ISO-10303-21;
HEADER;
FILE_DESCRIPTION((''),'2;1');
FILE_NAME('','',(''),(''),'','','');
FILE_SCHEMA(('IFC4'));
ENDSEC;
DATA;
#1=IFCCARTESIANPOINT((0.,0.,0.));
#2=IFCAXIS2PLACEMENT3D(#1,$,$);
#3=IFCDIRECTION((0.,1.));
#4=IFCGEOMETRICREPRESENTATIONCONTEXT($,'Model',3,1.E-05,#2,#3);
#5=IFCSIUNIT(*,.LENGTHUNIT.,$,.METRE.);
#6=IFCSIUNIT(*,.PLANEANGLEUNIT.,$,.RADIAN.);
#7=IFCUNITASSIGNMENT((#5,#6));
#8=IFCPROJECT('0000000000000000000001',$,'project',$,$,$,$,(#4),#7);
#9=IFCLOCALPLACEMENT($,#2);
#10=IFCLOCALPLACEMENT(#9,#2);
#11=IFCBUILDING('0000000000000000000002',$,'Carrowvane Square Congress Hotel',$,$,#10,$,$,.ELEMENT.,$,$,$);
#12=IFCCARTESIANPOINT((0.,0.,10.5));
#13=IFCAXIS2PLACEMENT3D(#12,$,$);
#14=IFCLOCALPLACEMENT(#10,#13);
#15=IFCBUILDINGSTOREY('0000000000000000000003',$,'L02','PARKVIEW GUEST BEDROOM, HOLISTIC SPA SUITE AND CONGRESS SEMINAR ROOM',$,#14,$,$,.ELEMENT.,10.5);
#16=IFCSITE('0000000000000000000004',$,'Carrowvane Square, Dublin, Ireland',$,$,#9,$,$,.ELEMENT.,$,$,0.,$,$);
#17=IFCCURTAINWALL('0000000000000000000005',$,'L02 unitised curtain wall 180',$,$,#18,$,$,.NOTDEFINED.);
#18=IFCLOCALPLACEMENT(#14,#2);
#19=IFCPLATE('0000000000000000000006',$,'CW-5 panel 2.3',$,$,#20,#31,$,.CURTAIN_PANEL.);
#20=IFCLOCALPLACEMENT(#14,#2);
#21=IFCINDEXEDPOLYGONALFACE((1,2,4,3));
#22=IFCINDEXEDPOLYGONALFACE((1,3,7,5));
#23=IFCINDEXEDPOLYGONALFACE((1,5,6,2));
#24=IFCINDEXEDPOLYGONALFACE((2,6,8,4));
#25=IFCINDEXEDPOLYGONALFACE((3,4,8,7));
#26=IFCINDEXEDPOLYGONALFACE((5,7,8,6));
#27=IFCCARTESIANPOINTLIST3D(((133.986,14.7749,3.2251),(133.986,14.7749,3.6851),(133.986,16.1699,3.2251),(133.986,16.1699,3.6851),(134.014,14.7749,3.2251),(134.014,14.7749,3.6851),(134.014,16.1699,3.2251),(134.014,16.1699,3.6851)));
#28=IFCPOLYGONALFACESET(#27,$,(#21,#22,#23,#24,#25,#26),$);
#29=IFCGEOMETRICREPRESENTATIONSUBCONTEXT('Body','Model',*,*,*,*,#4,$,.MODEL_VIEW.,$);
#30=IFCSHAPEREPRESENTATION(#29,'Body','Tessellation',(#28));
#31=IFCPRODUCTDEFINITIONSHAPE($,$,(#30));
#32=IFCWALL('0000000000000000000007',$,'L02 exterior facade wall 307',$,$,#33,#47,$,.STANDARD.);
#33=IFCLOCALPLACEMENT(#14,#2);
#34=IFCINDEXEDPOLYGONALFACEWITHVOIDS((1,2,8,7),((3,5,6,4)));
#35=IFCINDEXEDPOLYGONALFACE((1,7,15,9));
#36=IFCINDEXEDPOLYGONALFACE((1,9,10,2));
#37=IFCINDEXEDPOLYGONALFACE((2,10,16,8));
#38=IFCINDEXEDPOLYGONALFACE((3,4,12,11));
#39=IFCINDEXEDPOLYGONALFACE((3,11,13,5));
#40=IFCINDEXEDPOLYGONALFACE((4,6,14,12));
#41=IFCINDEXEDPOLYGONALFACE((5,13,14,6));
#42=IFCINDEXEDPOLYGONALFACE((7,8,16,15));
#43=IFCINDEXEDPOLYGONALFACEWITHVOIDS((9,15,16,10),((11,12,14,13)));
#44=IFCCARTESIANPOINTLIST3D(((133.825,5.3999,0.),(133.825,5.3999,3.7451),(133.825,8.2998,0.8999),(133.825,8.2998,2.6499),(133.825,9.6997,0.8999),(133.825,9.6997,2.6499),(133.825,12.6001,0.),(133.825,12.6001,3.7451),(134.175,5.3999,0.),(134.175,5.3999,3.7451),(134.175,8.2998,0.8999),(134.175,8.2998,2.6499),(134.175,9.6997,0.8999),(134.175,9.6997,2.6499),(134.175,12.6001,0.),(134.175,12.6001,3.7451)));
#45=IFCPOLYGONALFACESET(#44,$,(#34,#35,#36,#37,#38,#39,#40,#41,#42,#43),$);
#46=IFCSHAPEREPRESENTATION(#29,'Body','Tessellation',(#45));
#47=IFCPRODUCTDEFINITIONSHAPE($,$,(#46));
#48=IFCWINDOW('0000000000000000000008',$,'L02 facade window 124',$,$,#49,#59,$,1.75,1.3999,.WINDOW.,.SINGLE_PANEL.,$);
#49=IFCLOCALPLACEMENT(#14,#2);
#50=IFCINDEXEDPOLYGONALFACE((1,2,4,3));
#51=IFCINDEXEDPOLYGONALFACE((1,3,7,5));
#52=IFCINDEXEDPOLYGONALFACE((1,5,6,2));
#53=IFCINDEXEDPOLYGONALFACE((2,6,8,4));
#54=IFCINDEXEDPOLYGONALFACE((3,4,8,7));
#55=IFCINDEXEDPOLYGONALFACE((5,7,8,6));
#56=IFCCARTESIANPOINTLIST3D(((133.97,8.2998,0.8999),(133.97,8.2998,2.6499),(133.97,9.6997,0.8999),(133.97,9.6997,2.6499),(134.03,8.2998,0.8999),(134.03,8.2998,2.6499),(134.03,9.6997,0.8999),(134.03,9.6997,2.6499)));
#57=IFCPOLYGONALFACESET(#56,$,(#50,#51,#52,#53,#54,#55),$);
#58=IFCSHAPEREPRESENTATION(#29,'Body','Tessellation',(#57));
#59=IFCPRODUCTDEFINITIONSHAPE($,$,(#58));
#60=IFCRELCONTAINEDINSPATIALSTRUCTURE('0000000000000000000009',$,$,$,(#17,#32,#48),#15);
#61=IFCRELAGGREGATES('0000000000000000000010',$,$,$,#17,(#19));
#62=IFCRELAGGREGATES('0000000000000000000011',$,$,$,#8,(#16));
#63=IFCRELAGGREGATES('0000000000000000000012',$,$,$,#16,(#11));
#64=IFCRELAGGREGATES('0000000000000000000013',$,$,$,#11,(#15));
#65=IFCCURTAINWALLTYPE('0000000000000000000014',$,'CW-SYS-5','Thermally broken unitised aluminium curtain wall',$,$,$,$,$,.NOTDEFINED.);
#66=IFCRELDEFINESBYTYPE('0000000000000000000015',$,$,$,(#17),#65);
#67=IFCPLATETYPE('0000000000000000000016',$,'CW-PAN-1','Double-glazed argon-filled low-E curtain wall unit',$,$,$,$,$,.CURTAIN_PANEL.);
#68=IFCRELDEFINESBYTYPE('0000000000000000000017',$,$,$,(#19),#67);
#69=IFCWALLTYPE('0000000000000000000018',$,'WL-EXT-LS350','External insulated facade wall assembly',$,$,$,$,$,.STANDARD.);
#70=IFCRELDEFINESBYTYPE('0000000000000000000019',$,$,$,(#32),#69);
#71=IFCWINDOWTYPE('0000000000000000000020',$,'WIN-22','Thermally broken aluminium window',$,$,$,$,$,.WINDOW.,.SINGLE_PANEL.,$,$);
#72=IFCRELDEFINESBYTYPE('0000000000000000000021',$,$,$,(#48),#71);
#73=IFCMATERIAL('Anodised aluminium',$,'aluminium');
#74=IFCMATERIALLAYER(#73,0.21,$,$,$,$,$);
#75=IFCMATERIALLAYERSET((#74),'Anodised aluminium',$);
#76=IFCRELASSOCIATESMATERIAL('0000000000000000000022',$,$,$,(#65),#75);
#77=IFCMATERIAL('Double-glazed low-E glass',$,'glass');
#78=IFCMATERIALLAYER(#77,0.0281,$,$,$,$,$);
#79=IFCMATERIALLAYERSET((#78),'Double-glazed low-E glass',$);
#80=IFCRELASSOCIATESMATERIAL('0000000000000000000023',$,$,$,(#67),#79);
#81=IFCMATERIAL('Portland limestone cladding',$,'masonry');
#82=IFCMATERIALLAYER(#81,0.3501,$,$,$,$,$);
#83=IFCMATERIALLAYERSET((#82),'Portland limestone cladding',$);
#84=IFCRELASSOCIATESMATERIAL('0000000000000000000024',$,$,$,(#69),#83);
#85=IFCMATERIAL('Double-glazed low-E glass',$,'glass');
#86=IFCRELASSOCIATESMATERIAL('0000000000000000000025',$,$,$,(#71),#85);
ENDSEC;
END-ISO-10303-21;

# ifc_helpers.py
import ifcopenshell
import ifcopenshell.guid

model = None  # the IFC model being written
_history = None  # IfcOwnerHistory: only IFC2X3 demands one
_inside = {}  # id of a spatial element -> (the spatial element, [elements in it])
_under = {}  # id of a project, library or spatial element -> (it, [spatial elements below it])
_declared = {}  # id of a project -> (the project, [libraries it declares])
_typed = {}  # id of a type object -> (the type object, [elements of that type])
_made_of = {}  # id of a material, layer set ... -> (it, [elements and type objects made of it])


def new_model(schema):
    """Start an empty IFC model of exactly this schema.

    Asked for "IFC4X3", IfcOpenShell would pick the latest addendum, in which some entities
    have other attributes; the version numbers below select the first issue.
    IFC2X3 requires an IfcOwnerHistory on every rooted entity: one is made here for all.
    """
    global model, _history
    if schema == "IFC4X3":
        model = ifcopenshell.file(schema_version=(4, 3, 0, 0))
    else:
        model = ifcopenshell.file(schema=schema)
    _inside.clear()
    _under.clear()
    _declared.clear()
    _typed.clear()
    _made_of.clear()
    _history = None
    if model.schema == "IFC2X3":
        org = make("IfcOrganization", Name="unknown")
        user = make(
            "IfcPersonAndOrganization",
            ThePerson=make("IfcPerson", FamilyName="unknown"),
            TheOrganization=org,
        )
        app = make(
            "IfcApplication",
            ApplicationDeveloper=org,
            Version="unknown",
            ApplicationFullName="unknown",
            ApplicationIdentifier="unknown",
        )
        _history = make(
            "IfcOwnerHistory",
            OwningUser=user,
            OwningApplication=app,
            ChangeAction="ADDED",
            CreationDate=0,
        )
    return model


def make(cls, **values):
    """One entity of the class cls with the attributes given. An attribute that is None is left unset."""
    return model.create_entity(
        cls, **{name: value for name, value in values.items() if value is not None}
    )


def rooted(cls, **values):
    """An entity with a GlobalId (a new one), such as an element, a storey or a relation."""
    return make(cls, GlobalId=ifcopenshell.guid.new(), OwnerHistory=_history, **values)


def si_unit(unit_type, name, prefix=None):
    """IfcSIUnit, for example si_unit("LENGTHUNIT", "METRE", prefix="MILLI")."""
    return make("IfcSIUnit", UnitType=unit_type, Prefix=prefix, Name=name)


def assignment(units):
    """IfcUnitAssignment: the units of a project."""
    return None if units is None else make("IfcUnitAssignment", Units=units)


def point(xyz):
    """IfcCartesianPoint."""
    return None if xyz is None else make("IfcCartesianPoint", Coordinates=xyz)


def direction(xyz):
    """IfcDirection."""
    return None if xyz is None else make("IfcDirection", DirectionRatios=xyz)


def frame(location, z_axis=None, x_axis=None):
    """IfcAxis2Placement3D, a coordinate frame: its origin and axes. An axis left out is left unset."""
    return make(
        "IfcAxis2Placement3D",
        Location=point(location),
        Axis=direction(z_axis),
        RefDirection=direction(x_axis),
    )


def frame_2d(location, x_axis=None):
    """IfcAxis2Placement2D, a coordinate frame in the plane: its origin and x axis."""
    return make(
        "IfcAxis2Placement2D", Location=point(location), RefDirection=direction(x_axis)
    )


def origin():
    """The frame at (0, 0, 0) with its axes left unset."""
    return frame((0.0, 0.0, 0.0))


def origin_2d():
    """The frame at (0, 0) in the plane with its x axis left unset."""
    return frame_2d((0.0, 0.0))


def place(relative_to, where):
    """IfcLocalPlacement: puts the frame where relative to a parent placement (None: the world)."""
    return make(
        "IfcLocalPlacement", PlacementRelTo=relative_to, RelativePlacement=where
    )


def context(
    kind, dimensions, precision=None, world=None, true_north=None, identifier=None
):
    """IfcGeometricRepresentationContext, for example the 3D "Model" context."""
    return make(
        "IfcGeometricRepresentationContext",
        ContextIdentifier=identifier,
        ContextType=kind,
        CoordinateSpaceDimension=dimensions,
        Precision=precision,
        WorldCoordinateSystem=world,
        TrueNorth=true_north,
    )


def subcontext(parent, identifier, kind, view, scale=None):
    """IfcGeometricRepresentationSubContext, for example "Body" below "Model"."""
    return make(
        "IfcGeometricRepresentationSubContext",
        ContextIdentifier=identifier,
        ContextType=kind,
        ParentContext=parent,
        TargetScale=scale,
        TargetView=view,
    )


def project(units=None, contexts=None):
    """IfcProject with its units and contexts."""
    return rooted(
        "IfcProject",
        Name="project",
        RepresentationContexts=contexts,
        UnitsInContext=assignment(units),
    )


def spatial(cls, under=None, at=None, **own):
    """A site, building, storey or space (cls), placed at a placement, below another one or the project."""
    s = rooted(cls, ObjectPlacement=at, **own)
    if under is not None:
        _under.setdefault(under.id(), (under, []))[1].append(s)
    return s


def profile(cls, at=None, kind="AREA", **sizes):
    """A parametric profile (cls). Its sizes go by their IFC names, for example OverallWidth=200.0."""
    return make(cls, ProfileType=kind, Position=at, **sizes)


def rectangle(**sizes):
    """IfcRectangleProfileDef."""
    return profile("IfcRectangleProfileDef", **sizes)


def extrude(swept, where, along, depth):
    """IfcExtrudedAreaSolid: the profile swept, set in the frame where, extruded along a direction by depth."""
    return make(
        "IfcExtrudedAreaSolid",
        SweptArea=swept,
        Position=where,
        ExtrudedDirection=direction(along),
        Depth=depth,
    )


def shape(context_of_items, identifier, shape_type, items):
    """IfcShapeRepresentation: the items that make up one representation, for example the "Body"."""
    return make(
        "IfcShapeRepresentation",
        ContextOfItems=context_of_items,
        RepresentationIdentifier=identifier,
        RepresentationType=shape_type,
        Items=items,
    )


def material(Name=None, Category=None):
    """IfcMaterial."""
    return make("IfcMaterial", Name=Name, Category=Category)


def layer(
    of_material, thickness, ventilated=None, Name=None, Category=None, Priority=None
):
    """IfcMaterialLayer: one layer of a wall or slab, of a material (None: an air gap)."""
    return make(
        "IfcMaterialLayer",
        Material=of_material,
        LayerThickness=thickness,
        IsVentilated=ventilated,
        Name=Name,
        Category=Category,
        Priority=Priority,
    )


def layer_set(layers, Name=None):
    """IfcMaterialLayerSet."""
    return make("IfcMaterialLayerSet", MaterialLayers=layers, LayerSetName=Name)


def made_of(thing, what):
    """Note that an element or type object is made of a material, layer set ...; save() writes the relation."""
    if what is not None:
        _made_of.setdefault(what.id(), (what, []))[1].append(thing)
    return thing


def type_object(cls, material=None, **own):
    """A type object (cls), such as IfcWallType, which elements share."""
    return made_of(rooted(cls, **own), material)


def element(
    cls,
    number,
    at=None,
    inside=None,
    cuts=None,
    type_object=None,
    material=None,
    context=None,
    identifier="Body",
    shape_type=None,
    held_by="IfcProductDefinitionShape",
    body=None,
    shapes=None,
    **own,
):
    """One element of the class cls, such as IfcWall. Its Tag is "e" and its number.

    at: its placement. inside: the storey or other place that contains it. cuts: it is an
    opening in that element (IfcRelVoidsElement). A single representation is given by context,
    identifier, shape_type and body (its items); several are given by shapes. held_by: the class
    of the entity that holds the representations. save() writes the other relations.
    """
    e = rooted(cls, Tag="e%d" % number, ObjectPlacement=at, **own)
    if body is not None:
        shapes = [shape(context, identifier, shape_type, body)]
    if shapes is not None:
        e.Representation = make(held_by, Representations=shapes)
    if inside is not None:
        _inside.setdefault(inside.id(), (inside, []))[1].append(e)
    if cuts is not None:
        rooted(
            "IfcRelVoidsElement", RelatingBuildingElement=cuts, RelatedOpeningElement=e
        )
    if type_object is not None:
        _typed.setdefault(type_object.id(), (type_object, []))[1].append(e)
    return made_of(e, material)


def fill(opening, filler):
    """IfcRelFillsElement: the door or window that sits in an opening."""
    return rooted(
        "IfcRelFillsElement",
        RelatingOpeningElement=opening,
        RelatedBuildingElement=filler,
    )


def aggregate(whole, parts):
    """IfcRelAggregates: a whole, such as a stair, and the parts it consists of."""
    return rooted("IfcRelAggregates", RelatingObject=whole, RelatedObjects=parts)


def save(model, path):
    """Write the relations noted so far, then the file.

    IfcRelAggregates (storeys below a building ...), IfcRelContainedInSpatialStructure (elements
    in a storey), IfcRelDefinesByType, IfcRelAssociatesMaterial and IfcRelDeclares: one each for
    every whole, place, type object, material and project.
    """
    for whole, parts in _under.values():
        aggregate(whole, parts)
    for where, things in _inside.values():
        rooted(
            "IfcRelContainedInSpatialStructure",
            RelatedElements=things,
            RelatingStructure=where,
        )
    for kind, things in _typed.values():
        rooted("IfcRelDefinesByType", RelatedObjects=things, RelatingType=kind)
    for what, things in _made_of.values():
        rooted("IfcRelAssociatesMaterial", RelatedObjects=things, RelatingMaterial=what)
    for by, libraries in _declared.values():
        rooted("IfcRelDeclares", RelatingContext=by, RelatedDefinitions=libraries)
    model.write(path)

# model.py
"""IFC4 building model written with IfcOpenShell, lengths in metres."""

from ifc_helpers import new_model, si_unit, direction, frame, frame_2d, origin, origin_2d, place, context, subcontext, project, spatial, rectangle, extrude, material, layer, layer_set, type_object, element, fill, aggregate, save


model = new_model("IFC4")

# Units and contexts
model_context = context("Model", 3, precision=1e-05, world=origin(), true_north=direction((0.0, 1.0)))
body_context = subcontext(model_context, "Body", "Model", "MODEL_VIEW")
ifc_project = project(units=[si_unit("LENGTHUNIT", "METRE"), si_unit("PLANEANGLEUNIT", "RADIAN")], contexts=[model_context])

# Site, building, storey
site_placement = place(None, origin())
site = spatial("IfcSite", under=ifc_project, at=site_placement, Name="Carrowvane Square, Dublin, Ireland", CompositionType="ELEMENT", RefElevation=0.0)
building_placement = place(site_placement, origin())
building = spatial("IfcBuilding", under=site, at=building_placement, Name="Carrowvane Square Congress Hotel", CompositionType="ELEMENT")
storey_placement = place(building_placement, frame((0.0, 0.0, 10.5)))
storey = spatial("IfcBuildingStorey", under=building, at=storey_placement, Name="L02", Description="PARKVIEW GUEST BEDROOM, HOLISTIC SPA SUITE AND CONGRESS SEMINAR ROOM", CompositionType="ELEMENT", Elevation=10.5)

# Curtain wall, plate
ifc_material_1 = material(Name="Anodised aluminium", Category="aluminium")
ifc_layer_1 = layer(ifc_material_1, 0.21)
ifc_layer_set_1 = layer_set([ifc_layer_1], Name="Anodised aluminium")
curtain_wall_type = type_object("IfcCurtainWallType", Name="CW-SYS-5", Description="Thermally broken unitised aluminium curtain wall", PredefinedType="NOTDEFINED", material=ifc_layer_set_1)
curtain_wall_placement = place(storey_placement, origin())
curtain_wall = element("IfcCurtainWall", 1, at=curtain_wall_placement, inside=storey, type_object=curtain_wall_type, Name="L02 unitised curtain wall 180", PredefinedType="NOTDEFINED")
ifc_material_2 = material(Name="Double-glazed low-E glass", Category="glass")
ifc_layer_2 = layer(ifc_material_2, 0.0281)
ifc_layer_set_2 = layer_set([ifc_layer_2], Name="Double-glazed low-E glass")
plate_type = type_object("IfcPlateType", Name="CW-PAN-1", Description="Double-glazed argon-filled low-E curtain wall unit", PredefinedType="CURTAIN_PANEL", material=ifc_layer_set_2)
plate_1_placement = place(storey_placement, frame((134.0, 15.4724, 3.2251), z_axis=(0.0, 0.0, 1.0), x_axis=(0.0, 1.0, 0.0)))
plate_1 = element("IfcPlate", 2, at=plate_1_placement, type_object=plate_type, Name="CW-5 panel 2.3", PredefinedType="CURTAIN_PANEL", context=body_context, shape_type="SweptSolid", body=[
    extrude(rectangle(XDim=1.395, YDim=0.0281, at=origin_2d()), origin(), (0.0, 0.0, 1.0), 0.46),
])
aggregate(curtain_wall, [plate_1])

# Wall, opening, window
ifc_material_3 = material(Name="Portland limestone cladding", Category="masonry")
ifc_layer_3 = layer(ifc_material_3, 0.3501)
ifc_layer_set_3 = layer_set([ifc_layer_3], Name="Portland limestone cladding")
wall_type = type_object("IfcWallType", Name="WL-EXT-LS350", Description="External insulated facade wall assembly", PredefinedType="STANDARD", material=ifc_layer_set_3)
wall_placement = place(storey_placement, frame((134.0, 5.3999, 0.0), z_axis=(0.0, 0.0, 1.0), x_axis=(0.0, 1.0, 0.0)))
wall = element("IfcWall", 3, at=wall_placement, inside=storey, type_object=wall_type, Name="L02 exterior facade wall 307", PredefinedType="STANDARD", context=body_context, shape_type="SweptSolid", body=[
    extrude(rectangle(XDim=7.2002, YDim=0.3501, at=frame_2d((3.6001, 0.0))), origin(), (0.0, 0.0, 1.0), 3.7451),
])
opening_placement = place(wall_placement, frame((2.8999, 0.0, 0.8999)))
opening = element("IfcOpeningElement", 4, at=opening_placement, cuts=wall, PredefinedType="OPENING", context=body_context, shape_type="SweptSolid", body=[
    extrude(rectangle(XDim=1.3999, YDim=1.75, at=frame_2d((0.7, 0.875))), frame((0.0, 0.1851, 0.0), z_axis=(0.0, -1.0, 0.0), x_axis=(1.0, 0.0, 0.0)), (0.0, 0.0, 1.0), 0.3701),
])
ifc_material_4 = material(Name="Double-glazed low-E glass", Category="glass")
window_type = type_object("IfcWindowType", Name="WIN-22", Description="Thermally broken aluminium window", PartitioningType="SINGLE_PANEL", PredefinedType="WINDOW", material=ifc_material_4)
window_placement = place(opening_placement, origin())
window = element("IfcWindow", 5, at=window_placement, inside=storey, type_object=window_type, Name="L02 facade window 124", OverallHeight=1.75, OverallWidth=1.3999, PartitioningType="SINGLE_PANEL", PredefinedType="WINDOW", context=body_context, shape_type="SweptSolid", body=[
    extrude(rectangle(XDim=1.3999, YDim=1.75, at=frame_2d((0.7, 0.875))), frame((0.0, 0.03, 0.0), z_axis=(0.0, -1.0, 0.0), x_axis=(1.0, 0.0, 0.0)), (0.0, 0.0, 1.0), 0.0601),
])
fill(opening, window)

save(model, "model.ifc")
